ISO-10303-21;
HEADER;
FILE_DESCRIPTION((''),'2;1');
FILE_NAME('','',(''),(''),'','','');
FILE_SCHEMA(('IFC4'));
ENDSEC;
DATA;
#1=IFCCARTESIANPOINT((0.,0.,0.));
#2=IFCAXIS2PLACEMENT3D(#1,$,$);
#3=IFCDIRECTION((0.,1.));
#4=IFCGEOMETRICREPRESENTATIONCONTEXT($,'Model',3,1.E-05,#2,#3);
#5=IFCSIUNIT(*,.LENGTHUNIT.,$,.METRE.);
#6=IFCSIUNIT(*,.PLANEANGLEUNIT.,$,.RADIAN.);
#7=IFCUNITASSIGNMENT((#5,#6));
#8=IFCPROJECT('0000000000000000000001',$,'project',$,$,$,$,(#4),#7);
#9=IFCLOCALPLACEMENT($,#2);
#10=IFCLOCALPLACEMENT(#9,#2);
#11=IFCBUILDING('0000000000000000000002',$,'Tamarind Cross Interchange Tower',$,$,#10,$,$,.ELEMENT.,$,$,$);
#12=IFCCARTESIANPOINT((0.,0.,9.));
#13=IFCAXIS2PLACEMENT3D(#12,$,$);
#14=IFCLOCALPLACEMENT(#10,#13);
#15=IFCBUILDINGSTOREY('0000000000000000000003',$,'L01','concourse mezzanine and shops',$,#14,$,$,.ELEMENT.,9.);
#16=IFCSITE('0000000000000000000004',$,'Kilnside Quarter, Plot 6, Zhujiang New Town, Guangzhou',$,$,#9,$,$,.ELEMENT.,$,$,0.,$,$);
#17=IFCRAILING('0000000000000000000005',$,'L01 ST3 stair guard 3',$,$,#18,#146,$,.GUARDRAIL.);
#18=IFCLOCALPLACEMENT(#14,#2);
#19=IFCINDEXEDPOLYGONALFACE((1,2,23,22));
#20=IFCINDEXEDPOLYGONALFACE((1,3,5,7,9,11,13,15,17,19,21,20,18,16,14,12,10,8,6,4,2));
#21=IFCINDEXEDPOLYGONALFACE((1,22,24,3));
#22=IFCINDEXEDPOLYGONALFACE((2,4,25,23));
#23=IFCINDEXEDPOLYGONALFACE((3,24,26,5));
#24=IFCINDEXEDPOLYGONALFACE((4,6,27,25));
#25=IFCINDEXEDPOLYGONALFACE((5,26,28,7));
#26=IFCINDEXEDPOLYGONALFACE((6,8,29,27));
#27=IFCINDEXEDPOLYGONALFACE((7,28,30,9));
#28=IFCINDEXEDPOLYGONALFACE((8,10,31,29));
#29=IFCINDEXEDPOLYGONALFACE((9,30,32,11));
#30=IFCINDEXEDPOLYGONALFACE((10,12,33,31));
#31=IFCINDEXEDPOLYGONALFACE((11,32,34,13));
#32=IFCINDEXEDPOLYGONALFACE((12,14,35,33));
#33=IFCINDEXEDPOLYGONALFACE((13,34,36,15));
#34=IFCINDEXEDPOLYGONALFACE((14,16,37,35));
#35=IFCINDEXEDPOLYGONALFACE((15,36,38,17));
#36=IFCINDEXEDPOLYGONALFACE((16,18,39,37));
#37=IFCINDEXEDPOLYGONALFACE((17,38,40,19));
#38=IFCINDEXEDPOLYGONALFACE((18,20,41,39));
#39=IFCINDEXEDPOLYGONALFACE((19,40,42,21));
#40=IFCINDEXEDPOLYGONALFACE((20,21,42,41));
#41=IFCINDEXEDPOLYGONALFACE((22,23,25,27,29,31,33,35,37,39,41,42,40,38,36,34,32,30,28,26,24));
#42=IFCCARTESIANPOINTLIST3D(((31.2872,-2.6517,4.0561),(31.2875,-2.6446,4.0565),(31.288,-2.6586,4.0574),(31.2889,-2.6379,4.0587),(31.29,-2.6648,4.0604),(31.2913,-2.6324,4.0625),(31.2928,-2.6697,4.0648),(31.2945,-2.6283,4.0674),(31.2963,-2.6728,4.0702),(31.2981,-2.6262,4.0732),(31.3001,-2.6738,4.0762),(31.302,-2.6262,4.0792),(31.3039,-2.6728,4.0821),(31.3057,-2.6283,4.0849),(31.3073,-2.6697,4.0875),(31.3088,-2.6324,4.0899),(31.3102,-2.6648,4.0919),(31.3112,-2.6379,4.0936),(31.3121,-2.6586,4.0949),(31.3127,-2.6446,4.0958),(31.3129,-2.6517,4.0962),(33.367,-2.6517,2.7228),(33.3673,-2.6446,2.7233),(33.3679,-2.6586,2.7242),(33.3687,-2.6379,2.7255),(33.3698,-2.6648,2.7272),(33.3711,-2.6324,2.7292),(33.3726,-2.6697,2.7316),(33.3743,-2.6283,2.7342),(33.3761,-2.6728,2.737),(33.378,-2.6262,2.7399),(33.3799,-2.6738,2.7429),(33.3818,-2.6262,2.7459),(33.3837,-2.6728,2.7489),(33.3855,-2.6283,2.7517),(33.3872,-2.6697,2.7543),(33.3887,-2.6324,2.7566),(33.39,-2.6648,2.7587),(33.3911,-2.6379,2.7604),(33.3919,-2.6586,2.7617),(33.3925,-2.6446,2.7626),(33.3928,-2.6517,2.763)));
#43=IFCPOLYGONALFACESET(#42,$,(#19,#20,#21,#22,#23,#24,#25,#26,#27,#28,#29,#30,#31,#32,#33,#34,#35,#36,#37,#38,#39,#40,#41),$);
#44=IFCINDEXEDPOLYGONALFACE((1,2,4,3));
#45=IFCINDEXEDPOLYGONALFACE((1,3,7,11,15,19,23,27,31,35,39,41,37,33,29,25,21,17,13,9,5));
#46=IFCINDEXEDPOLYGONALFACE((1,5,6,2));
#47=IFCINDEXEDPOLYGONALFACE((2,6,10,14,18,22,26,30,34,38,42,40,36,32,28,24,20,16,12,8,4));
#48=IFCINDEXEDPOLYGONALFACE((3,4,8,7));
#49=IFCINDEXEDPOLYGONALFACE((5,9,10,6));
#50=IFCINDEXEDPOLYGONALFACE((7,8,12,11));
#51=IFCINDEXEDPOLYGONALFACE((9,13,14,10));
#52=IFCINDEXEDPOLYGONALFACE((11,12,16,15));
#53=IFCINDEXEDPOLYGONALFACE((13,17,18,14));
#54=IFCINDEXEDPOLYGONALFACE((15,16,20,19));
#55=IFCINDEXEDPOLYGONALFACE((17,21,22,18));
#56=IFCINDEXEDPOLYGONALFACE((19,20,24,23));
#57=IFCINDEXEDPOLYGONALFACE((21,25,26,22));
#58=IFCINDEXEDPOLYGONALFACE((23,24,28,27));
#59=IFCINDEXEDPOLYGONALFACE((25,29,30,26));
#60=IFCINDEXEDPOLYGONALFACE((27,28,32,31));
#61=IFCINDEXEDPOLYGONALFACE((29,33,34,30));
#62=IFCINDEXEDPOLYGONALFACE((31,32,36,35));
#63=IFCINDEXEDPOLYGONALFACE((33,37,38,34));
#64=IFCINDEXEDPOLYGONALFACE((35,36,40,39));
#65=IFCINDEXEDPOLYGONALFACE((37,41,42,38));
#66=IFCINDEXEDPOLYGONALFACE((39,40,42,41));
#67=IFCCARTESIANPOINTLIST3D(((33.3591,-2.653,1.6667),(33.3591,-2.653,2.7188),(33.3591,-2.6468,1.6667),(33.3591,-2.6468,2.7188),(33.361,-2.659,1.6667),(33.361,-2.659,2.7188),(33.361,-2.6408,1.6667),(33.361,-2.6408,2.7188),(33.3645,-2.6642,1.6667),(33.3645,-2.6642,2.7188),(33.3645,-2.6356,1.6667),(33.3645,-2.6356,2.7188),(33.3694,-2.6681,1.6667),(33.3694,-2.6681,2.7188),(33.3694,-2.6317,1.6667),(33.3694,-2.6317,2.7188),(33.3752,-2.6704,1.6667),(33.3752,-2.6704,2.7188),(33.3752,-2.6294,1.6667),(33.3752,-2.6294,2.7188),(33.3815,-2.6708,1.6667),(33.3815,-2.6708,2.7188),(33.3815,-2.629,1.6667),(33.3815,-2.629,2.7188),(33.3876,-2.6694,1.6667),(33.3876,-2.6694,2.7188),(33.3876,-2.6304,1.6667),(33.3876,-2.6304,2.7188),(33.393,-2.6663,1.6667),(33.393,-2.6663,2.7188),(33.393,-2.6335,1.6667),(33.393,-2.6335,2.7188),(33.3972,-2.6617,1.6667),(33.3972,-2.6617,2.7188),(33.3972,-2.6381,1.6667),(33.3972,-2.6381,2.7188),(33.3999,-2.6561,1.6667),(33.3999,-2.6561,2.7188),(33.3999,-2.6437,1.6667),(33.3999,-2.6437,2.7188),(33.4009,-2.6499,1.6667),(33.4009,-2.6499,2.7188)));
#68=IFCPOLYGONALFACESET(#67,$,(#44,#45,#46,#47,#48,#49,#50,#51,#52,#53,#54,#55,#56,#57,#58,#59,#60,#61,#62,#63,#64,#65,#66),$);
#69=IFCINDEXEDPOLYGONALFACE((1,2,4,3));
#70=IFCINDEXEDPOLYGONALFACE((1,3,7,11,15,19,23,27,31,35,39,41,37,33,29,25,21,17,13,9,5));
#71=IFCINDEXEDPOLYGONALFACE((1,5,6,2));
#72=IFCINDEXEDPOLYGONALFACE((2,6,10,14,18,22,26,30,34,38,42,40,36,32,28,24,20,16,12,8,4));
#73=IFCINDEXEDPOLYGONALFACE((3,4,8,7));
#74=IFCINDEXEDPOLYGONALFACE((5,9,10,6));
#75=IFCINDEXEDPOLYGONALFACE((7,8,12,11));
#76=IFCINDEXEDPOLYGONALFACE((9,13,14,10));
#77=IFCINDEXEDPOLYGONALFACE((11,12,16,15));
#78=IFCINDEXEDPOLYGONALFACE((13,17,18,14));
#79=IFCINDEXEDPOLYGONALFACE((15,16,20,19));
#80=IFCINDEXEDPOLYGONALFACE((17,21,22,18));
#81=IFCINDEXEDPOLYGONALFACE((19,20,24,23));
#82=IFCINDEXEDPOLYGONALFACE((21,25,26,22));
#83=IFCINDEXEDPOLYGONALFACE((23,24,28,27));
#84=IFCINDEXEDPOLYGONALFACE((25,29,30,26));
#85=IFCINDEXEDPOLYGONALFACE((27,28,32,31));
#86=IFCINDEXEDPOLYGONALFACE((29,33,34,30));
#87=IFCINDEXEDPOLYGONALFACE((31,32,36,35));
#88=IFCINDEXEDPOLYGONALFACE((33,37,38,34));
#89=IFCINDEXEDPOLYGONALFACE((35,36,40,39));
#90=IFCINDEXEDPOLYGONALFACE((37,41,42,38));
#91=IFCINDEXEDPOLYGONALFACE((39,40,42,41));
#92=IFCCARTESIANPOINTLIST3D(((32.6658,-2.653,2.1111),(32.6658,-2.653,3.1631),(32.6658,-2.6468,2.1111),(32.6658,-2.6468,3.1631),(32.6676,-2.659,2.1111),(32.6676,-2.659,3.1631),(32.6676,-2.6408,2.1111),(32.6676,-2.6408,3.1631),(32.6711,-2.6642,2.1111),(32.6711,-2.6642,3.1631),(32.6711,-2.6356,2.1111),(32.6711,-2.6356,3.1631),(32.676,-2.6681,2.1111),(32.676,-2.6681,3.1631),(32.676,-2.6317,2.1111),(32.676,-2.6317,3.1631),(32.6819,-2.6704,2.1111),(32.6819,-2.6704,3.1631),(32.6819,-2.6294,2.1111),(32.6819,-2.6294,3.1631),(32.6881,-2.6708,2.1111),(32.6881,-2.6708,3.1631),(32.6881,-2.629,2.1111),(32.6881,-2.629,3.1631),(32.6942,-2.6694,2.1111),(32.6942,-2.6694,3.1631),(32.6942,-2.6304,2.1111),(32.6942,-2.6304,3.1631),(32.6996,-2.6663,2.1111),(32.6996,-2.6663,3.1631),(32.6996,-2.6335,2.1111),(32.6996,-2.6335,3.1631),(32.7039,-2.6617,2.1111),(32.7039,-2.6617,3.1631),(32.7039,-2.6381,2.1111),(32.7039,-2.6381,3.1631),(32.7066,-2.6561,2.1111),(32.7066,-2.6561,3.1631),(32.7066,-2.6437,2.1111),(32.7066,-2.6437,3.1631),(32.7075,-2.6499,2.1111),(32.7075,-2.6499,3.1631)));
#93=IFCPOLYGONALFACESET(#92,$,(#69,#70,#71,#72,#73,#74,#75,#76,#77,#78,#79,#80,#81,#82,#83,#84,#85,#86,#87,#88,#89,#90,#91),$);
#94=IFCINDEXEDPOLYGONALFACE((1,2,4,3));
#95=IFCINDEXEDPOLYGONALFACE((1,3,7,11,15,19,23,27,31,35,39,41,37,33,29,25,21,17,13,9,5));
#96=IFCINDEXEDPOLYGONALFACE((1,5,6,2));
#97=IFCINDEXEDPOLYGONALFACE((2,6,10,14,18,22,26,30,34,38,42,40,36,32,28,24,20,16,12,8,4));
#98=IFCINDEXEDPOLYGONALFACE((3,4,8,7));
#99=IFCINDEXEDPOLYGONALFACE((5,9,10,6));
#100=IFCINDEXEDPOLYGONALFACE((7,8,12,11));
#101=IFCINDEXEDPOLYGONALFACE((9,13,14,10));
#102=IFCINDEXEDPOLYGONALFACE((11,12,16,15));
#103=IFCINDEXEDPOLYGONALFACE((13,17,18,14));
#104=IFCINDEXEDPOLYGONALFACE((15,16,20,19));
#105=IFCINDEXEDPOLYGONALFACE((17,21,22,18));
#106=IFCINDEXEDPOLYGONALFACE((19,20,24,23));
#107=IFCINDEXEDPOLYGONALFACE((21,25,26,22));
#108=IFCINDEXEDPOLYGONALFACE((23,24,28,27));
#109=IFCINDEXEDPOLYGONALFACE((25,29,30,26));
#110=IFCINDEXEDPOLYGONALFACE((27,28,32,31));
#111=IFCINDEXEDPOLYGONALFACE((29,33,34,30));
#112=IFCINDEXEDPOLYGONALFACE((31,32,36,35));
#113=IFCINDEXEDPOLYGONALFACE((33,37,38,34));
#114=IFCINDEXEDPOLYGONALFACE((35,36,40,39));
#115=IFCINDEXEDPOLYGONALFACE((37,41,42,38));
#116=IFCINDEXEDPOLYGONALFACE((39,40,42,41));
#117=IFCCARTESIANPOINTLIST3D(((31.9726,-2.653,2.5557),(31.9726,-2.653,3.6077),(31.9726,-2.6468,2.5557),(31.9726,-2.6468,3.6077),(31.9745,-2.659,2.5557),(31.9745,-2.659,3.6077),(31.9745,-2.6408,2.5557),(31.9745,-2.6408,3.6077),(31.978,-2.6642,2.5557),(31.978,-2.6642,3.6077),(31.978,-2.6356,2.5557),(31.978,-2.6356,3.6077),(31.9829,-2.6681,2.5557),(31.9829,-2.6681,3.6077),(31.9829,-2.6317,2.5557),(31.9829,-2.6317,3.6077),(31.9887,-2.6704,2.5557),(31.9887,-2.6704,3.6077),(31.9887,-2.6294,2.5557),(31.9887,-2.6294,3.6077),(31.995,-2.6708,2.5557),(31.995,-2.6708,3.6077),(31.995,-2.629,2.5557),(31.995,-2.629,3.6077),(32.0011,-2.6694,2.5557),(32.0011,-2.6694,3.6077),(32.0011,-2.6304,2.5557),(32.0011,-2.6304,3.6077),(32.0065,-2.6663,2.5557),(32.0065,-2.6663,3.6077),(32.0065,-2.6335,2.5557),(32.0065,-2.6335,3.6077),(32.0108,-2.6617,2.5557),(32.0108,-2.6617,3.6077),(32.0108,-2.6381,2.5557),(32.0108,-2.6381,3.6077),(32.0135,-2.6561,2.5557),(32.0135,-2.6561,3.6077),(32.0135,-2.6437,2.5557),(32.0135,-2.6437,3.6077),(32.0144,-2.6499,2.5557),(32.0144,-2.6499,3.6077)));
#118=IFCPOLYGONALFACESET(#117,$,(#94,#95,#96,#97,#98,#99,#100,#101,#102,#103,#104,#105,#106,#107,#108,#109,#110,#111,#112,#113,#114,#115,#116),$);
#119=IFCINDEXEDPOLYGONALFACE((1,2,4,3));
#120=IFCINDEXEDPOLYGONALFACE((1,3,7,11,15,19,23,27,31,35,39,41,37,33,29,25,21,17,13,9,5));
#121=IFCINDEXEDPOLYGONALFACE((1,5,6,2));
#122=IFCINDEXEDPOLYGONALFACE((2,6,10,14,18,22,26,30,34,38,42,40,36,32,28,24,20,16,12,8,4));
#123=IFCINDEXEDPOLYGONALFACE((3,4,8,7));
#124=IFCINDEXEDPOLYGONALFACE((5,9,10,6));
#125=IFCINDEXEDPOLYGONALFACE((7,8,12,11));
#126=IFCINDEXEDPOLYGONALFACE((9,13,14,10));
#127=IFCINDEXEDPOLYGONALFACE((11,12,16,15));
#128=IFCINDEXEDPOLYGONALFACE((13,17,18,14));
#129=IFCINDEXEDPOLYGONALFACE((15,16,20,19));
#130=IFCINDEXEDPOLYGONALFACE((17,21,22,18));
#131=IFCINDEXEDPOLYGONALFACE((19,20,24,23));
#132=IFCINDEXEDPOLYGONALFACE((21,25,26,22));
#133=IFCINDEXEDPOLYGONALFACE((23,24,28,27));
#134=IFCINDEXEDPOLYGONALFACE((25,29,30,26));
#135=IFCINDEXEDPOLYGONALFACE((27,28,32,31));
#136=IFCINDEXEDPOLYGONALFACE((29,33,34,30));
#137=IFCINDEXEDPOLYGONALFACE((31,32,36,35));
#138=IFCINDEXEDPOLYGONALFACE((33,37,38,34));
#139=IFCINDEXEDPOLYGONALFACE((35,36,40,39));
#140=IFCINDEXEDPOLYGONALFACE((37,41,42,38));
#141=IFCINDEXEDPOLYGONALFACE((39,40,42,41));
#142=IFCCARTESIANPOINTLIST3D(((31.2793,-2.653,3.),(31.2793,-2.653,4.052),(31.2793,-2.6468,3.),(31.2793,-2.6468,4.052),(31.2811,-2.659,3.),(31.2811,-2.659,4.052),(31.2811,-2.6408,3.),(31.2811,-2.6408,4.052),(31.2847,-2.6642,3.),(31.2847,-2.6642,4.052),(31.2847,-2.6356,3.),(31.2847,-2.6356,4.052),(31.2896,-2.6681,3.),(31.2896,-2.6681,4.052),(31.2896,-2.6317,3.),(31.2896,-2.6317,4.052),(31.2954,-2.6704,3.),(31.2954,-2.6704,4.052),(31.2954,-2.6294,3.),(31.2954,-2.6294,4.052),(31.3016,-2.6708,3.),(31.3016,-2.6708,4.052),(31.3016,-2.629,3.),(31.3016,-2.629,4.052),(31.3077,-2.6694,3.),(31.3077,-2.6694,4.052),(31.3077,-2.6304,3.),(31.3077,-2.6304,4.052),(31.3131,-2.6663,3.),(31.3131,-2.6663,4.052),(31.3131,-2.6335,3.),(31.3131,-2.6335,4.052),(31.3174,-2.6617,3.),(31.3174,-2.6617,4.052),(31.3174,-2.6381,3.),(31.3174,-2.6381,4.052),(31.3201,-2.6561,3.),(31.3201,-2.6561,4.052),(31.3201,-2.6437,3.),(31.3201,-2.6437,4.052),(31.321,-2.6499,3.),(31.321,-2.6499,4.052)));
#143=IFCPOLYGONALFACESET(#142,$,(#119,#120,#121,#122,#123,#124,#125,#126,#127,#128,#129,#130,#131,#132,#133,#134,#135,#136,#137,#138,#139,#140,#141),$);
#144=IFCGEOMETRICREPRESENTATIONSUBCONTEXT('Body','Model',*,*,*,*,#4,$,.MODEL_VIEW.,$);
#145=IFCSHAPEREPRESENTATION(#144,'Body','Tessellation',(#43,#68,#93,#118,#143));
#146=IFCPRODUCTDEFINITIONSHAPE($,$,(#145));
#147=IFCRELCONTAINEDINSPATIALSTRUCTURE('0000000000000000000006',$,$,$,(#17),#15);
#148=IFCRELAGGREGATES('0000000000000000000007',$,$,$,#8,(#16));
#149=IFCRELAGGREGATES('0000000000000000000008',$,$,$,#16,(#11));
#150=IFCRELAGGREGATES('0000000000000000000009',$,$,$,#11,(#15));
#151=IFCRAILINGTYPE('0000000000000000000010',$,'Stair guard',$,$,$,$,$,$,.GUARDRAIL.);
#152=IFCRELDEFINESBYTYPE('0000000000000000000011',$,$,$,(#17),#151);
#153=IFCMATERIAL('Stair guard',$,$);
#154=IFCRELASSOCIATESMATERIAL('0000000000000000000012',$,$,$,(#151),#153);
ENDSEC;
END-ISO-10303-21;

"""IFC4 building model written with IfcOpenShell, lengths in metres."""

from ifc_helpers import new_model, si_unit, direction, frame, origin, origin_2d, place, context, subcontext, project, spatial, circle, extrude, material, type_object, element, save


model = new_model("IFC4")

# Units and contexts
model_context = context("Model", 3, precision=1e-05, world=origin(), true_north=direction((0.0, 1.0)))
body_context = subcontext(model_context, "Body", "Model", "MODEL_VIEW")
ifc_project = project(units=[si_unit("LENGTHUNIT", "METRE"), si_unit("PLANEANGLEUNIT", "RADIAN")], contexts=[model_context])

# Site, building, storey
site_placement = place(None, origin())
site = spatial("IfcSite", under=ifc_project, at=site_placement, Name="Kilnside Quarter, Plot 6, Zhujiang New Town, Guangzhou", CompositionType="ELEMENT", RefElevation=0.0)
building_placement = place(site_placement, origin())
building = spatial("IfcBuilding", under=site, at=building_placement, Name="Tamarind Cross Interchange Tower", CompositionType="ELEMENT")
storey_placement = place(building_placement, frame((0.0, 0.0, 9.0)))
storey = spatial("IfcBuildingStorey", under=building, at=storey_placement, Name="L01", Description="concourse mezzanine and shops", CompositionType="ELEMENT", Elevation=9.0)

# Railing
ifc_material_1 = material(Name="Stair guard")
railing_type_1 = type_object("IfcRailingType", Name="Stair guard", PredefinedType="GUARDRAIL", material=ifc_material_1)
railing_1_placement = place(storey_placement, frame((33.3799, -2.6499, 1.6667)))
element("IfcRailing", 1, at=railing_1_placement, inside=storey, type_object=railing_type_1, Name="L01 ST3 stair guard 3", PredefinedType="GUARDRAIL", context=body_context, shape_type="SweptSolid", body=[
    extrude(circle(Radius=0.0239, at=origin_2d()), frame((0.0, 0.0, 1.0762), z_axis=(-0.841875, 0.0, 0.539673), x_axis=(0.0, -1.0, 0.0)), (0.0, 0.0, 1.0), 2.4705),
    extrude(circle(Radius=0.021, at=origin_2d()), origin(), (0.0, 0.0, 1.0), 1.052),
    extrude(circle(Radius=0.021, at=origin_2d()), frame((-0.6934, 0.0, 0.4443)), (0.0, 0.0, 1.0), 1.052),
    extrude(circle(Radius=0.021, at=origin_2d()), frame((-1.3865, 0.0, 0.8889)), (0.0, 0.0, 1.0), 1.052),
    extrude(circle(Radius=0.021, at=origin_2d()), frame((-2.0798, 0.0, 1.3333)), (0.0, 0.0, 1.0), 1.052),
])

save(model, "model.ifc")
